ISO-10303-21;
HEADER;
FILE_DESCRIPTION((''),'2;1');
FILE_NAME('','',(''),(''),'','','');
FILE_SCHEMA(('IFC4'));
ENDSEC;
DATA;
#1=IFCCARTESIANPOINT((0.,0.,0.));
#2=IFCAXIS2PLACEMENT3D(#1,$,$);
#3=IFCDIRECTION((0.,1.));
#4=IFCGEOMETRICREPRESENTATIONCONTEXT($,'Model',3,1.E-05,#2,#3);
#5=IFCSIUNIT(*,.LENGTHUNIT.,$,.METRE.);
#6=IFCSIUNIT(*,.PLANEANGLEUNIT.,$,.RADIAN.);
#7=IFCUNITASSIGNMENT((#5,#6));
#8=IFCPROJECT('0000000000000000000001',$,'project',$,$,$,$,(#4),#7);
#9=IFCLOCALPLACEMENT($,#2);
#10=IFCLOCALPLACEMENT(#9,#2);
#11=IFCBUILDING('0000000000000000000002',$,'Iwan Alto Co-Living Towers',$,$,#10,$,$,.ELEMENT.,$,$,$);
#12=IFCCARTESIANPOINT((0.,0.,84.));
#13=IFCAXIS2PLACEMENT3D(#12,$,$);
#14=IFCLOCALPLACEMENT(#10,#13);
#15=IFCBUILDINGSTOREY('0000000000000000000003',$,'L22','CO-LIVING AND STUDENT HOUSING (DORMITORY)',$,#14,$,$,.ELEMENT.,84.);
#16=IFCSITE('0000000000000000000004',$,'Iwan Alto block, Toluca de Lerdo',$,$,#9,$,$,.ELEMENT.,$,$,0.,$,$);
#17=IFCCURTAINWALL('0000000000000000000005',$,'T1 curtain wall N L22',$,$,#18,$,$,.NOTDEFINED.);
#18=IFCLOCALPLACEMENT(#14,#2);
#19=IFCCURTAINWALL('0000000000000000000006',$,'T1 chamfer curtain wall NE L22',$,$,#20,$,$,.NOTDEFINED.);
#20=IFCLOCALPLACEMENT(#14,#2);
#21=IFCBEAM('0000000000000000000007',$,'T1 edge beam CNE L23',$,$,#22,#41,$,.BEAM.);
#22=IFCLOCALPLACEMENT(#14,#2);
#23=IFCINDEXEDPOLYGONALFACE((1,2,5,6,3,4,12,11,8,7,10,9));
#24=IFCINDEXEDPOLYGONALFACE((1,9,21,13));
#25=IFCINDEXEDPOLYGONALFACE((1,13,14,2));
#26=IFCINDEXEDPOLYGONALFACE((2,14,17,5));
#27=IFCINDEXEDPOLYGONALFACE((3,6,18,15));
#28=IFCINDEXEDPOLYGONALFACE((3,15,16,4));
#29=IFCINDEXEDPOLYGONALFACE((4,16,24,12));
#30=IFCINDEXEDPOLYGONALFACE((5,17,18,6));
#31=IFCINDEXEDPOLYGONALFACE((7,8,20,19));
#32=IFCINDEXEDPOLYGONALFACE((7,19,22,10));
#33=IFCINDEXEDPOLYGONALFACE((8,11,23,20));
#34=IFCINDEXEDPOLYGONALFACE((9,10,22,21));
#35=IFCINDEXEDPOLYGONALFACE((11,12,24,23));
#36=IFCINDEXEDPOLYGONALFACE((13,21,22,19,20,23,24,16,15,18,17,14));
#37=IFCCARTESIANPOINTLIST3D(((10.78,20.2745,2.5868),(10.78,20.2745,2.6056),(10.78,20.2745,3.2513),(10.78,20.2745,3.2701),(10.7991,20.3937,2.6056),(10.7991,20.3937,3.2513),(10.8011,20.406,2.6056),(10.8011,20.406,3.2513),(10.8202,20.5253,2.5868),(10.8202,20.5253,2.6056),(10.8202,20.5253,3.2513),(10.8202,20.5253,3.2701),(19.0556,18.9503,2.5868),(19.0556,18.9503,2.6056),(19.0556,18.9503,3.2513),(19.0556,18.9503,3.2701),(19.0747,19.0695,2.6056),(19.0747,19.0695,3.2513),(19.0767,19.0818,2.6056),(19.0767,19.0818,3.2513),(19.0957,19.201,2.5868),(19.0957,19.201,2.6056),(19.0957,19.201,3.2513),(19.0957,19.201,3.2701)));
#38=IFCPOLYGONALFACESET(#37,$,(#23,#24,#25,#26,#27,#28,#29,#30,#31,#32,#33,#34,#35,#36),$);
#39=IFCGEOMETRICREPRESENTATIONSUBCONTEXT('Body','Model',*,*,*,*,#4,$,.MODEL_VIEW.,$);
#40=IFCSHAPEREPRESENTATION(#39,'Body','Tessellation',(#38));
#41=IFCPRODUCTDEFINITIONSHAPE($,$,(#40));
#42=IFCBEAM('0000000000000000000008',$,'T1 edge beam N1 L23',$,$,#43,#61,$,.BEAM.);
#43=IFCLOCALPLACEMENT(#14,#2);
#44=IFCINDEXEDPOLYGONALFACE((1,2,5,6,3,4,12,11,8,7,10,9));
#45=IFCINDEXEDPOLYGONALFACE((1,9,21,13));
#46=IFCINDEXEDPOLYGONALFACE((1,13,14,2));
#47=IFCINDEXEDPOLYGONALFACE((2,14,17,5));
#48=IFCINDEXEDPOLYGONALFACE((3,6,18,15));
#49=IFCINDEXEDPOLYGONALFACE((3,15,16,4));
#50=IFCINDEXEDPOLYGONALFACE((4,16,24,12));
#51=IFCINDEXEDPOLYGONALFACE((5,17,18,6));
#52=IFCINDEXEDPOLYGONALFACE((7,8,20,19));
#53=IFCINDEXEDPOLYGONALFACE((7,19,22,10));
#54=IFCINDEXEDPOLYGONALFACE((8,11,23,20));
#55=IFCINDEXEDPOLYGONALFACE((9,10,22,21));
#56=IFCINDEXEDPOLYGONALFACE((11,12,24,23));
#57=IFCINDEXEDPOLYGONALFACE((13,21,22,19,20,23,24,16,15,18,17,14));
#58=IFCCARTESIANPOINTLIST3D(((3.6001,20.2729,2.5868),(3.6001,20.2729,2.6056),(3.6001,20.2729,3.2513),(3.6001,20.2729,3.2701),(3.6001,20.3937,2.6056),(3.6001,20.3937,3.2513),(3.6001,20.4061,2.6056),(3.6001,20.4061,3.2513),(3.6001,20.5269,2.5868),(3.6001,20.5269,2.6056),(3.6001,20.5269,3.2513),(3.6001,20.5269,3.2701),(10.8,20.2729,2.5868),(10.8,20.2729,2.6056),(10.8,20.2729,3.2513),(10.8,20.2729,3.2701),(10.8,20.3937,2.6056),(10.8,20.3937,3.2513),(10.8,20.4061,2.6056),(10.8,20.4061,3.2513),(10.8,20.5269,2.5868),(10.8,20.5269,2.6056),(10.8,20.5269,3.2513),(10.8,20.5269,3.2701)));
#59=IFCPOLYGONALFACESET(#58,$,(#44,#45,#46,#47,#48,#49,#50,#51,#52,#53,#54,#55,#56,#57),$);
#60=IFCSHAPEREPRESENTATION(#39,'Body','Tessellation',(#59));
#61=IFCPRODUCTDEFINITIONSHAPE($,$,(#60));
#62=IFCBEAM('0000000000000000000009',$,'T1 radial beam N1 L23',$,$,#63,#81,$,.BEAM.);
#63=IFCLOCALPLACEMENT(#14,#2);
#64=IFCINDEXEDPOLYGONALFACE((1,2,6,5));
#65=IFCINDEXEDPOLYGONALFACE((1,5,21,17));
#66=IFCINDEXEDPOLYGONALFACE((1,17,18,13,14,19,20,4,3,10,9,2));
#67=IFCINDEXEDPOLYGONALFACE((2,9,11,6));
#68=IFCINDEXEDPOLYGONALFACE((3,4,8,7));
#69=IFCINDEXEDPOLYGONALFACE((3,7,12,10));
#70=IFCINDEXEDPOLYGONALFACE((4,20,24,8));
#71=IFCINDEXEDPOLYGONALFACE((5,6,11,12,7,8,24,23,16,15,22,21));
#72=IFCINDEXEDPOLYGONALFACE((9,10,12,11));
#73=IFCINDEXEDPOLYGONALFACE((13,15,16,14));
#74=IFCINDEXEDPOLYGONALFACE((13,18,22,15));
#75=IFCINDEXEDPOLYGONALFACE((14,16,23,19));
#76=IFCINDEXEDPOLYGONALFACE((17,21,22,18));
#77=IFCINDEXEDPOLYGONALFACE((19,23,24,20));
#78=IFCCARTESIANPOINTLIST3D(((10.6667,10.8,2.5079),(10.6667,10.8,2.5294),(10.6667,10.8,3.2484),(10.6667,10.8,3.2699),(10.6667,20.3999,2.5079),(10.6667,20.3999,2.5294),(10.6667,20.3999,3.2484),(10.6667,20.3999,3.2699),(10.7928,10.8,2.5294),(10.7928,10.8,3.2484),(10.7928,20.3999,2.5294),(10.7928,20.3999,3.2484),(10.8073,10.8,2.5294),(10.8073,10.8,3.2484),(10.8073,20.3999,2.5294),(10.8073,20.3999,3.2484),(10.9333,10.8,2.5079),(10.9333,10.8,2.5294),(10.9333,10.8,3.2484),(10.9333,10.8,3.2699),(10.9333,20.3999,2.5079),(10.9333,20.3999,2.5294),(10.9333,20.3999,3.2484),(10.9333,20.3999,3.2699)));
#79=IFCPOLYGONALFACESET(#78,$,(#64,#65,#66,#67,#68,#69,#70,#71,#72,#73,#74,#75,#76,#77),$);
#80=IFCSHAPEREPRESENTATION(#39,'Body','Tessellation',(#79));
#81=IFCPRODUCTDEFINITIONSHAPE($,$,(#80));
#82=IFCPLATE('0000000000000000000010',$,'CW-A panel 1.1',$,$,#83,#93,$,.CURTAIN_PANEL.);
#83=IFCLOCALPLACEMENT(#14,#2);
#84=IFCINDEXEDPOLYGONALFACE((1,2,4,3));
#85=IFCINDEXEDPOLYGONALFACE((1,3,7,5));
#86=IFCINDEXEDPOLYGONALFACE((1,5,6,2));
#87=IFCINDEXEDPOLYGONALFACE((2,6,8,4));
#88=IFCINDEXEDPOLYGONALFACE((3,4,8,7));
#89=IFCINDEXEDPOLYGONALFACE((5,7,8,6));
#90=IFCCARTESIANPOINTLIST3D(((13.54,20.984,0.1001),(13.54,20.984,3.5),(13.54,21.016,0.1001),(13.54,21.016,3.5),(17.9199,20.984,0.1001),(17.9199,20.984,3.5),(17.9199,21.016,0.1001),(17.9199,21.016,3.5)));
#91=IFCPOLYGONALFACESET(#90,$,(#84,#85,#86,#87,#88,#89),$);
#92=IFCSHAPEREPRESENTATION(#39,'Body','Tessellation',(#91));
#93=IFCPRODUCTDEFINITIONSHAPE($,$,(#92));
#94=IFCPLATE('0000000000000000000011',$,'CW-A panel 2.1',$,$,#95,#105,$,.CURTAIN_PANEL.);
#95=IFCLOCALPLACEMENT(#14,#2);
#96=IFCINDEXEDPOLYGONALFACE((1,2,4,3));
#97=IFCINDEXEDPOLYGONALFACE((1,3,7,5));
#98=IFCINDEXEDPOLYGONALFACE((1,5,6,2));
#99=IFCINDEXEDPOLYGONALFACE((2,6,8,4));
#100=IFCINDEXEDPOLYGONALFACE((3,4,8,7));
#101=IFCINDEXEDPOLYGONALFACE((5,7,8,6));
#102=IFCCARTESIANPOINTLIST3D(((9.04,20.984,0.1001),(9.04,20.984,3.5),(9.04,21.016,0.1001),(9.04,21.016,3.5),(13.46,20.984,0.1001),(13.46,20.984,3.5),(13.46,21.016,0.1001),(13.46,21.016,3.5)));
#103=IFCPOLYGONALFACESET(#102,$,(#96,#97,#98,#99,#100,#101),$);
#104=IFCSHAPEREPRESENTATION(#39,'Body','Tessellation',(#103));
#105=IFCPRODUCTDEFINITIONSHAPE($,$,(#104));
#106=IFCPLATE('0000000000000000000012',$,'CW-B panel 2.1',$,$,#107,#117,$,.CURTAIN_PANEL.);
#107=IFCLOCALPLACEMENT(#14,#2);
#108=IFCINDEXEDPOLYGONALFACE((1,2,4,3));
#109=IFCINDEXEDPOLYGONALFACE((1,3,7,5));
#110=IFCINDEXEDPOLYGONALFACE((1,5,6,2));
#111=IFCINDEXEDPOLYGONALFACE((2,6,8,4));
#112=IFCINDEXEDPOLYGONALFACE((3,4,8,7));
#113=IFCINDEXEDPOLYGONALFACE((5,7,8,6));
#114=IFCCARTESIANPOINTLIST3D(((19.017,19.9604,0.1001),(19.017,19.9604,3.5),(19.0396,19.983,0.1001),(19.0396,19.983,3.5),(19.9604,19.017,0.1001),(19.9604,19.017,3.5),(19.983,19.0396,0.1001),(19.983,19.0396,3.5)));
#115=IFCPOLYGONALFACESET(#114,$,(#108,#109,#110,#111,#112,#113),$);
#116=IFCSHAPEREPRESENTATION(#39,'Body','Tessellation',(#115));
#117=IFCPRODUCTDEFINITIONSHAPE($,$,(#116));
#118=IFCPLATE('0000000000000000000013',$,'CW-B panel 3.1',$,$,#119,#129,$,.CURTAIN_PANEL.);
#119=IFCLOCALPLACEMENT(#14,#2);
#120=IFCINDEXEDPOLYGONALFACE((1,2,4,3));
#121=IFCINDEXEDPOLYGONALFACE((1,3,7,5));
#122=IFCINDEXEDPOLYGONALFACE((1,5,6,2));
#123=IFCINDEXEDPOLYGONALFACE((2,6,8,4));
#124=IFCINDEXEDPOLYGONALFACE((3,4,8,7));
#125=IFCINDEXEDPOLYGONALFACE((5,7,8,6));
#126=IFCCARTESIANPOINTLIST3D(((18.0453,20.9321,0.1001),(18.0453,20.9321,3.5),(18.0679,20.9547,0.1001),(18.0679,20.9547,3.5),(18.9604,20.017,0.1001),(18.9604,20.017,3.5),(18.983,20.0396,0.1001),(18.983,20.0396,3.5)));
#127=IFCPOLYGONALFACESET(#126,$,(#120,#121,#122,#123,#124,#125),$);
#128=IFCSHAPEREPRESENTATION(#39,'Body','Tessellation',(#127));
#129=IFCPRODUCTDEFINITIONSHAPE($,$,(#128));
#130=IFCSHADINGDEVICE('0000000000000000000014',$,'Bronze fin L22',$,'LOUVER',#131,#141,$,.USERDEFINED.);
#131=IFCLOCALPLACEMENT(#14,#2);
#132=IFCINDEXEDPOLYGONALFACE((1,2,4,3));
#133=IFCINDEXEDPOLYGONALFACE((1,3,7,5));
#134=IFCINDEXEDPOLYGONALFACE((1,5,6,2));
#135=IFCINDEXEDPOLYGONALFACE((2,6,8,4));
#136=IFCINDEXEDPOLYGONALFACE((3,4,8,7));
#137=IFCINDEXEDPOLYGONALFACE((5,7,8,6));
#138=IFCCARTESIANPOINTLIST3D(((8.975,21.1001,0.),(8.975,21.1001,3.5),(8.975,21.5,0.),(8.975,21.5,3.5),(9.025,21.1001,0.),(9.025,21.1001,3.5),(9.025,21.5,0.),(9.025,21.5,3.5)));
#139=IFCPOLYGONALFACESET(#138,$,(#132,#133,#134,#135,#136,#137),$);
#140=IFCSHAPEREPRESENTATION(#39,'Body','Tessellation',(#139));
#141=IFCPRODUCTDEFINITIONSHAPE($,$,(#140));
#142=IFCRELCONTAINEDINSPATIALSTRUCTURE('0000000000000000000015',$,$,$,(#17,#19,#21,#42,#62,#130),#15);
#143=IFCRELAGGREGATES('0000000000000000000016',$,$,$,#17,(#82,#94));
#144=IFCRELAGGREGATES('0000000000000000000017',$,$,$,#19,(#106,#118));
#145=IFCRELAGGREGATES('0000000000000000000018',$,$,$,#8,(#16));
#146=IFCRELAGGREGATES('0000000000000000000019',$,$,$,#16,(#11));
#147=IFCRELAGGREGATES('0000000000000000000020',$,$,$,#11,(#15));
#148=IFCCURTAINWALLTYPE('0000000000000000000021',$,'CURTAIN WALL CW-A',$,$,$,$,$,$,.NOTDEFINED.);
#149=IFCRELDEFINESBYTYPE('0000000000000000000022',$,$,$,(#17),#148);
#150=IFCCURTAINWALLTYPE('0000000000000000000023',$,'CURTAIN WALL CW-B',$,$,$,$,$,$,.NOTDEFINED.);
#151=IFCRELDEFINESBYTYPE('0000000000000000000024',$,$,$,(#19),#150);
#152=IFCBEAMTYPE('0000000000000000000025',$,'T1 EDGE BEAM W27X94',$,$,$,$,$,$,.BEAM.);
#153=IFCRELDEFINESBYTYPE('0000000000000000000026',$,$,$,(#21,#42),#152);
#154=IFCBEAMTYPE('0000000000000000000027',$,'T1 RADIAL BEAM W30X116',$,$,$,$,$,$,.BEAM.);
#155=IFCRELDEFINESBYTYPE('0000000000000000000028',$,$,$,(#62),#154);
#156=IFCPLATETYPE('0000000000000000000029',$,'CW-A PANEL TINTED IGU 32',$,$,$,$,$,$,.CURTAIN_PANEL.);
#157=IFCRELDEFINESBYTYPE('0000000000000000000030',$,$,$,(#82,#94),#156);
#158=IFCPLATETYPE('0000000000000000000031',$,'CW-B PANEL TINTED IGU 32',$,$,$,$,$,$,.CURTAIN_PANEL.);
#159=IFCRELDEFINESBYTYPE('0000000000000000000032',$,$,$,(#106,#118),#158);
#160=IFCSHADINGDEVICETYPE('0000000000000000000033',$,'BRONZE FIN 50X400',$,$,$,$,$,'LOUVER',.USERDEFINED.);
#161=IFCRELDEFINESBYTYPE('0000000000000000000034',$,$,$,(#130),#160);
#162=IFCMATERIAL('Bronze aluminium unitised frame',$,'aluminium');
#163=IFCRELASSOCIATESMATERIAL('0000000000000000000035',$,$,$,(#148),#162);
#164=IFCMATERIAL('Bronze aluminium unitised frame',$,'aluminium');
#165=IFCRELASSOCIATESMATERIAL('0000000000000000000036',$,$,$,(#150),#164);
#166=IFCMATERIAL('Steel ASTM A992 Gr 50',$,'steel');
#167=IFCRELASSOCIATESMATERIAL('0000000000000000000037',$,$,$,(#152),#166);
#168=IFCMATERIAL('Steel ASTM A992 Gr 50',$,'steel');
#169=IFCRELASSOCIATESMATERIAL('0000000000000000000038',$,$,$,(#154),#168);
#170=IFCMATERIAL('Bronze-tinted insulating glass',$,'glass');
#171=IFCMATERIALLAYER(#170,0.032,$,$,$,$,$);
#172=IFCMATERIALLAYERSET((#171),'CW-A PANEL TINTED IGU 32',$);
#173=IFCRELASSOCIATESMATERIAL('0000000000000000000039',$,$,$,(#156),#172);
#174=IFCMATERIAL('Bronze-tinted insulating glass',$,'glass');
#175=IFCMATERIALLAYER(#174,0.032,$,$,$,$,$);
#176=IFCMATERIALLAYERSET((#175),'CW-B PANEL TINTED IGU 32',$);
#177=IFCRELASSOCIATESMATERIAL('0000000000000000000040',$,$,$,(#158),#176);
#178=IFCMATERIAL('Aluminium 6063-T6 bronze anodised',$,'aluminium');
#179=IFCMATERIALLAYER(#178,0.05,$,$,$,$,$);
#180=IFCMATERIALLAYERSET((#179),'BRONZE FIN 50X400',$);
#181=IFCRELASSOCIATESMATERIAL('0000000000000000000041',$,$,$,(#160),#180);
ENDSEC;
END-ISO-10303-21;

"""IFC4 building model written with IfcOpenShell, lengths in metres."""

from ifc_helpers import new_model, si_unit, direction, frame, origin, origin_2d, place, context, subcontext, project, spatial, rectangle, i_section, extrude, material, layer, layer_set, material_profile, profile_set, type_object, element, aggregate, save


model = new_model("IFC4")

# Units and contexts
model_context = context("Model", 3, precision=1e-05, world=origin(), true_north=direction((0.0, 1.0)))
body_context = subcontext(model_context, "Body", "Model", "MODEL_VIEW")
ifc_project = project(units=[si_unit("LENGTHUNIT", "METRE"), si_unit("PLANEANGLEUNIT", "RADIAN")], contexts=[model_context])

# Site, building, storey
site_placement = place(None, origin())
site = spatial("IfcSite", under=ifc_project, at=site_placement, Name="Iwan Alto block, Toluca de Lerdo", CompositionType="ELEMENT", RefElevation=0.0)
building_placement = place(site_placement, origin())
building = spatial("IfcBuilding", under=site, at=building_placement, Name="Iwan Alto Co-Living Towers", CompositionType="ELEMENT")
storey_placement = place(building_placement, frame((0.0, 0.0, 84.0)))
storey = spatial("IfcBuildingStorey", under=building, at=storey_placement, Name="L22", Description="CO-LIVING AND STUDENT HOUSING (DORMITORY)", CompositionType="ELEMENT", Elevation=84.0)

# Curtain walls
ifc_material_1 = material(Name="Bronze aluminium unitised frame", Category="aluminium")
curtain_wall_type_1 = type_object("IfcCurtainWallType", Name="CURTAIN WALL CW-A", PredefinedType="NOTDEFINED", material=ifc_material_1)
curtain_wall_1_placement = place(storey_placement, origin())
curtain_wall_1 = element("IfcCurtainWall", 1, at=curtain_wall_1_placement, inside=storey, type_object=curtain_wall_type_1, Name="T1 curtain wall N L22", PredefinedType="NOTDEFINED")
ifc_material_2 = material(Name="Bronze aluminium unitised frame", Category="aluminium")
curtain_wall_type_2 = type_object("IfcCurtainWallType", Name="CURTAIN WALL CW-B", PredefinedType="NOTDEFINED", material=ifc_material_2)
curtain_wall_2_placement = place(storey_placement, origin())
curtain_wall_2 = element("IfcCurtainWall", 2, at=curtain_wall_2_placement, inside=storey, type_object=curtain_wall_type_2, Name="T1 chamfer curtain wall NE L22", PredefinedType="NOTDEFINED")

# Beams
ifc_material_3 = material(Name="Steel ASTM A992 Gr 50", Category="steel")
ifc_material_profile_1 = material_profile(ifc_material_3, i_section(OverallWidth=0.2539, OverallDepth=0.6833, WebThickness=0.0125, FlangeThickness=0.0188, at=origin_2d()), Name="W27X94")
ifc_profile_set_1 = profile_set([ifc_material_profile_1], Name="Steel ASTM A992 Gr 50")
beam_type_1 = type_object("IfcBeamType", Name="T1 EDGE BEAM W27X94", PredefinedType="BEAM", material=ifc_profile_set_1)
beam_1_placement = place(storey_placement, frame((19.0757, 19.0757, 2.9285), z_axis=(-0.987438, 0.158004, 0.0), x_axis=(-0.158004, -0.987438, 0.0)))
element("IfcBeam", 3, at=beam_1_placement, inside=storey, type_object=beam_type_1, Name="T1 edge beam CNE L23", PredefinedType="BEAM", context=body_context, shape_type="SweptSolid", body=[
    extrude(i_section(OverallWidth=0.2539, OverallDepth=0.6833, WebThickness=0.0125, FlangeThickness=0.0188, at=origin_2d()), origin(), (0.0, 0.0, 1.0), 8.3809),
])
beam_2_placement = place(storey_placement, frame((10.8, 20.3999, 2.9285), z_axis=(-1.0, 0.0, 0.0), x_axis=(0.0, -1.0, 0.0)))
element("IfcBeam", 4, at=beam_2_placement, inside=storey, type_object=beam_type_1, Name="T1 edge beam N1 L23", PredefinedType="BEAM", context=body_context, shape_type="SweptSolid", body=[
    extrude(i_section(OverallWidth=0.2539, OverallDepth=0.6833, WebThickness=0.0125, FlangeThickness=0.0188, at=origin_2d()), origin(), (0.0, 0.0, 1.0), 7.2),
])
ifc_material_4 = material(Name="Steel ASTM A992 Gr 50", Category="steel")
ifc_material_profile_2 = material_profile(ifc_material_4, i_section(OverallWidth=0.2666, OverallDepth=0.762, WebThickness=0.0144, FlangeThickness=0.0215, at=origin_2d()), Name="W30X116")
ifc_profile_set_2 = profile_set([ifc_material_profile_2], Name="Steel ASTM A992 Gr 50")
beam_type_2 = type_object("IfcBeamType", Name="T1 RADIAL BEAM W30X116", PredefinedType="BEAM", material=ifc_profile_set_2)
beam_3_placement = place(storey_placement, frame((10.8, 20.3999, 2.8889), z_axis=(0.0, -1.0, 0.0), x_axis=(1.0, 0.0, 0.0)))
element("IfcBeam", 5, at=beam_3_placement, inside=storey, type_object=beam_type_2, Name="T1 radial beam N1 L23", PredefinedType="BEAM", context=body_context, shape_type="SweptSolid", body=[
    extrude(i_section(OverallWidth=0.2666, OverallDepth=0.762, WebThickness=0.0144, FlangeThickness=0.0215, at=origin_2d()), origin(), (0.0, 0.0, 1.0), 9.5999),
])

# Plates
ifc_material_5 = material(Name="Bronze-tinted insulating glass", Category="glass")
ifc_layer_1 = layer(ifc_material_5, 0.032)
ifc_layer_set_1 = layer_set([ifc_layer_1], Name="CW-A PANEL TINTED IGU 32")
plate_type_1 = type_object("IfcPlateType", Name="CW-A PANEL TINTED IGU 32", PredefinedType="CURTAIN_PANEL", material=ifc_layer_set_1)
plate_1_placement = place(storey_placement, frame((15.73, 21.0, 0.1001), z_axis=(0.0, 0.0, 1.0), x_axis=(-1.0, 0.0, 0.0)))
plate_1 = element("IfcPlate", 6, at=plate_1_placement, type_object=plate_type_1, Name="CW-A panel 1.1", PredefinedType="CURTAIN_PANEL", context=body_context, shape_type="SweptSolid", body=[
    extrude(rectangle(XDim=4.3799, YDim=0.032, at=origin_2d()), origin(), (0.0, 0.0, 1.0), 3.3999),
])
plate_2_placement = place(storey_placement, frame((11.25, 21.0, 0.1001), z_axis=(0.0, 0.0, 1.0), x_axis=(-1.0, 0.0, 0.0)))
plate_2 = element("IfcPlate", 7, at=plate_2_placement, type_object=plate_type_1, Name="CW-A panel 2.1", PredefinedType="CURTAIN_PANEL", context=body_context, shape_type="SweptSolid", body=[
    extrude(rectangle(XDim=4.4199, YDim=0.032, at=origin_2d()), origin(), (0.0, 0.0, 1.0), 3.3999),
])
aggregate(curtain_wall_1, [plate_1, plate_2])
ifc_material_6 = material(Name="Bronze-tinted insulating glass", Category="glass")
ifc_layer_2 = layer(ifc_material_6, 0.032)
ifc_layer_set_2 = layer_set([ifc_layer_2], Name="CW-B PANEL TINTED IGU 32")
plate_type_2 = type_object("IfcPlateType", Name="CW-B PANEL TINTED IGU 32", PredefinedType="CURTAIN_PANEL", material=ifc_layer_set_2)
plate_3_placement = place(storey_placement, frame((19.5, 19.5, 0.1001), z_axis=(0.0, 0.0, 1.0), x_axis=(-0.707107, 0.707107, 0.0)))
plate_3 = element("IfcPlate", 8, at=plate_3_placement, type_object=plate_type_2, Name="CW-B panel 2.1", PredefinedType="CURTAIN_PANEL", context=body_context, shape_type="SweptSolid", body=[
    extrude(rectangle(XDim=1.3342, YDim=0.032, at=origin_2d()), origin(), (0.0, 0.0, 1.0), 3.3999),
])
plate_4_placement = place(storey_placement, frame((18.5142, 20.4858, 0.1001), z_axis=(0.0, 0.0, 1.0), x_axis=(-0.707107, 0.707107, 0.0)))
plate_4 = element("IfcPlate", 9, at=plate_4_placement, type_object=plate_type_2, Name="CW-B panel 3.1", PredefinedType="CURTAIN_PANEL", context=body_context, shape_type="SweptSolid", body=[
    extrude(rectangle(XDim=1.2942, YDim=0.032, at=origin_2d()), origin(), (0.0, 0.0, 1.0), 3.3999),
])
aggregate(curtain_wall_2, [plate_3, plate_4])

# Shading device
ifc_material_7 = material(Name="Aluminium 6063-T6 bronze anodised", Category="aluminium")
ifc_layer_3 = layer(ifc_material_7, 0.05)
ifc_layer_set_3 = layer_set([ifc_layer_3], Name="BRONZE FIN 50X400")
shading_device_type = type_object("IfcShadingDeviceType", Name="BRONZE FIN 50X400", ElementType="LOUVER", PredefinedType="USERDEFINED", material=ifc_layer_set_3)
shading_device_placement = place(storey_placement, frame((9.0, 21.3, 0.0), z_axis=(0.0, 0.0, 1.0), x_axis=(-1.0, 0.0, 0.0)))
element("IfcShadingDevice", 10, at=shading_device_placement, inside=storey, type_object=shading_device_type, Name="Bronze fin L22", ObjectType="LOUVER", PredefinedType="USERDEFINED", context=body_context, shape_type="SweptSolid", body=[
    extrude(rectangle(XDim=0.05, YDim=0.3999, at=origin_2d()), origin(), (0.0, 0.0, 1.0), 3.5),
])

save(model, "model.ifc")
